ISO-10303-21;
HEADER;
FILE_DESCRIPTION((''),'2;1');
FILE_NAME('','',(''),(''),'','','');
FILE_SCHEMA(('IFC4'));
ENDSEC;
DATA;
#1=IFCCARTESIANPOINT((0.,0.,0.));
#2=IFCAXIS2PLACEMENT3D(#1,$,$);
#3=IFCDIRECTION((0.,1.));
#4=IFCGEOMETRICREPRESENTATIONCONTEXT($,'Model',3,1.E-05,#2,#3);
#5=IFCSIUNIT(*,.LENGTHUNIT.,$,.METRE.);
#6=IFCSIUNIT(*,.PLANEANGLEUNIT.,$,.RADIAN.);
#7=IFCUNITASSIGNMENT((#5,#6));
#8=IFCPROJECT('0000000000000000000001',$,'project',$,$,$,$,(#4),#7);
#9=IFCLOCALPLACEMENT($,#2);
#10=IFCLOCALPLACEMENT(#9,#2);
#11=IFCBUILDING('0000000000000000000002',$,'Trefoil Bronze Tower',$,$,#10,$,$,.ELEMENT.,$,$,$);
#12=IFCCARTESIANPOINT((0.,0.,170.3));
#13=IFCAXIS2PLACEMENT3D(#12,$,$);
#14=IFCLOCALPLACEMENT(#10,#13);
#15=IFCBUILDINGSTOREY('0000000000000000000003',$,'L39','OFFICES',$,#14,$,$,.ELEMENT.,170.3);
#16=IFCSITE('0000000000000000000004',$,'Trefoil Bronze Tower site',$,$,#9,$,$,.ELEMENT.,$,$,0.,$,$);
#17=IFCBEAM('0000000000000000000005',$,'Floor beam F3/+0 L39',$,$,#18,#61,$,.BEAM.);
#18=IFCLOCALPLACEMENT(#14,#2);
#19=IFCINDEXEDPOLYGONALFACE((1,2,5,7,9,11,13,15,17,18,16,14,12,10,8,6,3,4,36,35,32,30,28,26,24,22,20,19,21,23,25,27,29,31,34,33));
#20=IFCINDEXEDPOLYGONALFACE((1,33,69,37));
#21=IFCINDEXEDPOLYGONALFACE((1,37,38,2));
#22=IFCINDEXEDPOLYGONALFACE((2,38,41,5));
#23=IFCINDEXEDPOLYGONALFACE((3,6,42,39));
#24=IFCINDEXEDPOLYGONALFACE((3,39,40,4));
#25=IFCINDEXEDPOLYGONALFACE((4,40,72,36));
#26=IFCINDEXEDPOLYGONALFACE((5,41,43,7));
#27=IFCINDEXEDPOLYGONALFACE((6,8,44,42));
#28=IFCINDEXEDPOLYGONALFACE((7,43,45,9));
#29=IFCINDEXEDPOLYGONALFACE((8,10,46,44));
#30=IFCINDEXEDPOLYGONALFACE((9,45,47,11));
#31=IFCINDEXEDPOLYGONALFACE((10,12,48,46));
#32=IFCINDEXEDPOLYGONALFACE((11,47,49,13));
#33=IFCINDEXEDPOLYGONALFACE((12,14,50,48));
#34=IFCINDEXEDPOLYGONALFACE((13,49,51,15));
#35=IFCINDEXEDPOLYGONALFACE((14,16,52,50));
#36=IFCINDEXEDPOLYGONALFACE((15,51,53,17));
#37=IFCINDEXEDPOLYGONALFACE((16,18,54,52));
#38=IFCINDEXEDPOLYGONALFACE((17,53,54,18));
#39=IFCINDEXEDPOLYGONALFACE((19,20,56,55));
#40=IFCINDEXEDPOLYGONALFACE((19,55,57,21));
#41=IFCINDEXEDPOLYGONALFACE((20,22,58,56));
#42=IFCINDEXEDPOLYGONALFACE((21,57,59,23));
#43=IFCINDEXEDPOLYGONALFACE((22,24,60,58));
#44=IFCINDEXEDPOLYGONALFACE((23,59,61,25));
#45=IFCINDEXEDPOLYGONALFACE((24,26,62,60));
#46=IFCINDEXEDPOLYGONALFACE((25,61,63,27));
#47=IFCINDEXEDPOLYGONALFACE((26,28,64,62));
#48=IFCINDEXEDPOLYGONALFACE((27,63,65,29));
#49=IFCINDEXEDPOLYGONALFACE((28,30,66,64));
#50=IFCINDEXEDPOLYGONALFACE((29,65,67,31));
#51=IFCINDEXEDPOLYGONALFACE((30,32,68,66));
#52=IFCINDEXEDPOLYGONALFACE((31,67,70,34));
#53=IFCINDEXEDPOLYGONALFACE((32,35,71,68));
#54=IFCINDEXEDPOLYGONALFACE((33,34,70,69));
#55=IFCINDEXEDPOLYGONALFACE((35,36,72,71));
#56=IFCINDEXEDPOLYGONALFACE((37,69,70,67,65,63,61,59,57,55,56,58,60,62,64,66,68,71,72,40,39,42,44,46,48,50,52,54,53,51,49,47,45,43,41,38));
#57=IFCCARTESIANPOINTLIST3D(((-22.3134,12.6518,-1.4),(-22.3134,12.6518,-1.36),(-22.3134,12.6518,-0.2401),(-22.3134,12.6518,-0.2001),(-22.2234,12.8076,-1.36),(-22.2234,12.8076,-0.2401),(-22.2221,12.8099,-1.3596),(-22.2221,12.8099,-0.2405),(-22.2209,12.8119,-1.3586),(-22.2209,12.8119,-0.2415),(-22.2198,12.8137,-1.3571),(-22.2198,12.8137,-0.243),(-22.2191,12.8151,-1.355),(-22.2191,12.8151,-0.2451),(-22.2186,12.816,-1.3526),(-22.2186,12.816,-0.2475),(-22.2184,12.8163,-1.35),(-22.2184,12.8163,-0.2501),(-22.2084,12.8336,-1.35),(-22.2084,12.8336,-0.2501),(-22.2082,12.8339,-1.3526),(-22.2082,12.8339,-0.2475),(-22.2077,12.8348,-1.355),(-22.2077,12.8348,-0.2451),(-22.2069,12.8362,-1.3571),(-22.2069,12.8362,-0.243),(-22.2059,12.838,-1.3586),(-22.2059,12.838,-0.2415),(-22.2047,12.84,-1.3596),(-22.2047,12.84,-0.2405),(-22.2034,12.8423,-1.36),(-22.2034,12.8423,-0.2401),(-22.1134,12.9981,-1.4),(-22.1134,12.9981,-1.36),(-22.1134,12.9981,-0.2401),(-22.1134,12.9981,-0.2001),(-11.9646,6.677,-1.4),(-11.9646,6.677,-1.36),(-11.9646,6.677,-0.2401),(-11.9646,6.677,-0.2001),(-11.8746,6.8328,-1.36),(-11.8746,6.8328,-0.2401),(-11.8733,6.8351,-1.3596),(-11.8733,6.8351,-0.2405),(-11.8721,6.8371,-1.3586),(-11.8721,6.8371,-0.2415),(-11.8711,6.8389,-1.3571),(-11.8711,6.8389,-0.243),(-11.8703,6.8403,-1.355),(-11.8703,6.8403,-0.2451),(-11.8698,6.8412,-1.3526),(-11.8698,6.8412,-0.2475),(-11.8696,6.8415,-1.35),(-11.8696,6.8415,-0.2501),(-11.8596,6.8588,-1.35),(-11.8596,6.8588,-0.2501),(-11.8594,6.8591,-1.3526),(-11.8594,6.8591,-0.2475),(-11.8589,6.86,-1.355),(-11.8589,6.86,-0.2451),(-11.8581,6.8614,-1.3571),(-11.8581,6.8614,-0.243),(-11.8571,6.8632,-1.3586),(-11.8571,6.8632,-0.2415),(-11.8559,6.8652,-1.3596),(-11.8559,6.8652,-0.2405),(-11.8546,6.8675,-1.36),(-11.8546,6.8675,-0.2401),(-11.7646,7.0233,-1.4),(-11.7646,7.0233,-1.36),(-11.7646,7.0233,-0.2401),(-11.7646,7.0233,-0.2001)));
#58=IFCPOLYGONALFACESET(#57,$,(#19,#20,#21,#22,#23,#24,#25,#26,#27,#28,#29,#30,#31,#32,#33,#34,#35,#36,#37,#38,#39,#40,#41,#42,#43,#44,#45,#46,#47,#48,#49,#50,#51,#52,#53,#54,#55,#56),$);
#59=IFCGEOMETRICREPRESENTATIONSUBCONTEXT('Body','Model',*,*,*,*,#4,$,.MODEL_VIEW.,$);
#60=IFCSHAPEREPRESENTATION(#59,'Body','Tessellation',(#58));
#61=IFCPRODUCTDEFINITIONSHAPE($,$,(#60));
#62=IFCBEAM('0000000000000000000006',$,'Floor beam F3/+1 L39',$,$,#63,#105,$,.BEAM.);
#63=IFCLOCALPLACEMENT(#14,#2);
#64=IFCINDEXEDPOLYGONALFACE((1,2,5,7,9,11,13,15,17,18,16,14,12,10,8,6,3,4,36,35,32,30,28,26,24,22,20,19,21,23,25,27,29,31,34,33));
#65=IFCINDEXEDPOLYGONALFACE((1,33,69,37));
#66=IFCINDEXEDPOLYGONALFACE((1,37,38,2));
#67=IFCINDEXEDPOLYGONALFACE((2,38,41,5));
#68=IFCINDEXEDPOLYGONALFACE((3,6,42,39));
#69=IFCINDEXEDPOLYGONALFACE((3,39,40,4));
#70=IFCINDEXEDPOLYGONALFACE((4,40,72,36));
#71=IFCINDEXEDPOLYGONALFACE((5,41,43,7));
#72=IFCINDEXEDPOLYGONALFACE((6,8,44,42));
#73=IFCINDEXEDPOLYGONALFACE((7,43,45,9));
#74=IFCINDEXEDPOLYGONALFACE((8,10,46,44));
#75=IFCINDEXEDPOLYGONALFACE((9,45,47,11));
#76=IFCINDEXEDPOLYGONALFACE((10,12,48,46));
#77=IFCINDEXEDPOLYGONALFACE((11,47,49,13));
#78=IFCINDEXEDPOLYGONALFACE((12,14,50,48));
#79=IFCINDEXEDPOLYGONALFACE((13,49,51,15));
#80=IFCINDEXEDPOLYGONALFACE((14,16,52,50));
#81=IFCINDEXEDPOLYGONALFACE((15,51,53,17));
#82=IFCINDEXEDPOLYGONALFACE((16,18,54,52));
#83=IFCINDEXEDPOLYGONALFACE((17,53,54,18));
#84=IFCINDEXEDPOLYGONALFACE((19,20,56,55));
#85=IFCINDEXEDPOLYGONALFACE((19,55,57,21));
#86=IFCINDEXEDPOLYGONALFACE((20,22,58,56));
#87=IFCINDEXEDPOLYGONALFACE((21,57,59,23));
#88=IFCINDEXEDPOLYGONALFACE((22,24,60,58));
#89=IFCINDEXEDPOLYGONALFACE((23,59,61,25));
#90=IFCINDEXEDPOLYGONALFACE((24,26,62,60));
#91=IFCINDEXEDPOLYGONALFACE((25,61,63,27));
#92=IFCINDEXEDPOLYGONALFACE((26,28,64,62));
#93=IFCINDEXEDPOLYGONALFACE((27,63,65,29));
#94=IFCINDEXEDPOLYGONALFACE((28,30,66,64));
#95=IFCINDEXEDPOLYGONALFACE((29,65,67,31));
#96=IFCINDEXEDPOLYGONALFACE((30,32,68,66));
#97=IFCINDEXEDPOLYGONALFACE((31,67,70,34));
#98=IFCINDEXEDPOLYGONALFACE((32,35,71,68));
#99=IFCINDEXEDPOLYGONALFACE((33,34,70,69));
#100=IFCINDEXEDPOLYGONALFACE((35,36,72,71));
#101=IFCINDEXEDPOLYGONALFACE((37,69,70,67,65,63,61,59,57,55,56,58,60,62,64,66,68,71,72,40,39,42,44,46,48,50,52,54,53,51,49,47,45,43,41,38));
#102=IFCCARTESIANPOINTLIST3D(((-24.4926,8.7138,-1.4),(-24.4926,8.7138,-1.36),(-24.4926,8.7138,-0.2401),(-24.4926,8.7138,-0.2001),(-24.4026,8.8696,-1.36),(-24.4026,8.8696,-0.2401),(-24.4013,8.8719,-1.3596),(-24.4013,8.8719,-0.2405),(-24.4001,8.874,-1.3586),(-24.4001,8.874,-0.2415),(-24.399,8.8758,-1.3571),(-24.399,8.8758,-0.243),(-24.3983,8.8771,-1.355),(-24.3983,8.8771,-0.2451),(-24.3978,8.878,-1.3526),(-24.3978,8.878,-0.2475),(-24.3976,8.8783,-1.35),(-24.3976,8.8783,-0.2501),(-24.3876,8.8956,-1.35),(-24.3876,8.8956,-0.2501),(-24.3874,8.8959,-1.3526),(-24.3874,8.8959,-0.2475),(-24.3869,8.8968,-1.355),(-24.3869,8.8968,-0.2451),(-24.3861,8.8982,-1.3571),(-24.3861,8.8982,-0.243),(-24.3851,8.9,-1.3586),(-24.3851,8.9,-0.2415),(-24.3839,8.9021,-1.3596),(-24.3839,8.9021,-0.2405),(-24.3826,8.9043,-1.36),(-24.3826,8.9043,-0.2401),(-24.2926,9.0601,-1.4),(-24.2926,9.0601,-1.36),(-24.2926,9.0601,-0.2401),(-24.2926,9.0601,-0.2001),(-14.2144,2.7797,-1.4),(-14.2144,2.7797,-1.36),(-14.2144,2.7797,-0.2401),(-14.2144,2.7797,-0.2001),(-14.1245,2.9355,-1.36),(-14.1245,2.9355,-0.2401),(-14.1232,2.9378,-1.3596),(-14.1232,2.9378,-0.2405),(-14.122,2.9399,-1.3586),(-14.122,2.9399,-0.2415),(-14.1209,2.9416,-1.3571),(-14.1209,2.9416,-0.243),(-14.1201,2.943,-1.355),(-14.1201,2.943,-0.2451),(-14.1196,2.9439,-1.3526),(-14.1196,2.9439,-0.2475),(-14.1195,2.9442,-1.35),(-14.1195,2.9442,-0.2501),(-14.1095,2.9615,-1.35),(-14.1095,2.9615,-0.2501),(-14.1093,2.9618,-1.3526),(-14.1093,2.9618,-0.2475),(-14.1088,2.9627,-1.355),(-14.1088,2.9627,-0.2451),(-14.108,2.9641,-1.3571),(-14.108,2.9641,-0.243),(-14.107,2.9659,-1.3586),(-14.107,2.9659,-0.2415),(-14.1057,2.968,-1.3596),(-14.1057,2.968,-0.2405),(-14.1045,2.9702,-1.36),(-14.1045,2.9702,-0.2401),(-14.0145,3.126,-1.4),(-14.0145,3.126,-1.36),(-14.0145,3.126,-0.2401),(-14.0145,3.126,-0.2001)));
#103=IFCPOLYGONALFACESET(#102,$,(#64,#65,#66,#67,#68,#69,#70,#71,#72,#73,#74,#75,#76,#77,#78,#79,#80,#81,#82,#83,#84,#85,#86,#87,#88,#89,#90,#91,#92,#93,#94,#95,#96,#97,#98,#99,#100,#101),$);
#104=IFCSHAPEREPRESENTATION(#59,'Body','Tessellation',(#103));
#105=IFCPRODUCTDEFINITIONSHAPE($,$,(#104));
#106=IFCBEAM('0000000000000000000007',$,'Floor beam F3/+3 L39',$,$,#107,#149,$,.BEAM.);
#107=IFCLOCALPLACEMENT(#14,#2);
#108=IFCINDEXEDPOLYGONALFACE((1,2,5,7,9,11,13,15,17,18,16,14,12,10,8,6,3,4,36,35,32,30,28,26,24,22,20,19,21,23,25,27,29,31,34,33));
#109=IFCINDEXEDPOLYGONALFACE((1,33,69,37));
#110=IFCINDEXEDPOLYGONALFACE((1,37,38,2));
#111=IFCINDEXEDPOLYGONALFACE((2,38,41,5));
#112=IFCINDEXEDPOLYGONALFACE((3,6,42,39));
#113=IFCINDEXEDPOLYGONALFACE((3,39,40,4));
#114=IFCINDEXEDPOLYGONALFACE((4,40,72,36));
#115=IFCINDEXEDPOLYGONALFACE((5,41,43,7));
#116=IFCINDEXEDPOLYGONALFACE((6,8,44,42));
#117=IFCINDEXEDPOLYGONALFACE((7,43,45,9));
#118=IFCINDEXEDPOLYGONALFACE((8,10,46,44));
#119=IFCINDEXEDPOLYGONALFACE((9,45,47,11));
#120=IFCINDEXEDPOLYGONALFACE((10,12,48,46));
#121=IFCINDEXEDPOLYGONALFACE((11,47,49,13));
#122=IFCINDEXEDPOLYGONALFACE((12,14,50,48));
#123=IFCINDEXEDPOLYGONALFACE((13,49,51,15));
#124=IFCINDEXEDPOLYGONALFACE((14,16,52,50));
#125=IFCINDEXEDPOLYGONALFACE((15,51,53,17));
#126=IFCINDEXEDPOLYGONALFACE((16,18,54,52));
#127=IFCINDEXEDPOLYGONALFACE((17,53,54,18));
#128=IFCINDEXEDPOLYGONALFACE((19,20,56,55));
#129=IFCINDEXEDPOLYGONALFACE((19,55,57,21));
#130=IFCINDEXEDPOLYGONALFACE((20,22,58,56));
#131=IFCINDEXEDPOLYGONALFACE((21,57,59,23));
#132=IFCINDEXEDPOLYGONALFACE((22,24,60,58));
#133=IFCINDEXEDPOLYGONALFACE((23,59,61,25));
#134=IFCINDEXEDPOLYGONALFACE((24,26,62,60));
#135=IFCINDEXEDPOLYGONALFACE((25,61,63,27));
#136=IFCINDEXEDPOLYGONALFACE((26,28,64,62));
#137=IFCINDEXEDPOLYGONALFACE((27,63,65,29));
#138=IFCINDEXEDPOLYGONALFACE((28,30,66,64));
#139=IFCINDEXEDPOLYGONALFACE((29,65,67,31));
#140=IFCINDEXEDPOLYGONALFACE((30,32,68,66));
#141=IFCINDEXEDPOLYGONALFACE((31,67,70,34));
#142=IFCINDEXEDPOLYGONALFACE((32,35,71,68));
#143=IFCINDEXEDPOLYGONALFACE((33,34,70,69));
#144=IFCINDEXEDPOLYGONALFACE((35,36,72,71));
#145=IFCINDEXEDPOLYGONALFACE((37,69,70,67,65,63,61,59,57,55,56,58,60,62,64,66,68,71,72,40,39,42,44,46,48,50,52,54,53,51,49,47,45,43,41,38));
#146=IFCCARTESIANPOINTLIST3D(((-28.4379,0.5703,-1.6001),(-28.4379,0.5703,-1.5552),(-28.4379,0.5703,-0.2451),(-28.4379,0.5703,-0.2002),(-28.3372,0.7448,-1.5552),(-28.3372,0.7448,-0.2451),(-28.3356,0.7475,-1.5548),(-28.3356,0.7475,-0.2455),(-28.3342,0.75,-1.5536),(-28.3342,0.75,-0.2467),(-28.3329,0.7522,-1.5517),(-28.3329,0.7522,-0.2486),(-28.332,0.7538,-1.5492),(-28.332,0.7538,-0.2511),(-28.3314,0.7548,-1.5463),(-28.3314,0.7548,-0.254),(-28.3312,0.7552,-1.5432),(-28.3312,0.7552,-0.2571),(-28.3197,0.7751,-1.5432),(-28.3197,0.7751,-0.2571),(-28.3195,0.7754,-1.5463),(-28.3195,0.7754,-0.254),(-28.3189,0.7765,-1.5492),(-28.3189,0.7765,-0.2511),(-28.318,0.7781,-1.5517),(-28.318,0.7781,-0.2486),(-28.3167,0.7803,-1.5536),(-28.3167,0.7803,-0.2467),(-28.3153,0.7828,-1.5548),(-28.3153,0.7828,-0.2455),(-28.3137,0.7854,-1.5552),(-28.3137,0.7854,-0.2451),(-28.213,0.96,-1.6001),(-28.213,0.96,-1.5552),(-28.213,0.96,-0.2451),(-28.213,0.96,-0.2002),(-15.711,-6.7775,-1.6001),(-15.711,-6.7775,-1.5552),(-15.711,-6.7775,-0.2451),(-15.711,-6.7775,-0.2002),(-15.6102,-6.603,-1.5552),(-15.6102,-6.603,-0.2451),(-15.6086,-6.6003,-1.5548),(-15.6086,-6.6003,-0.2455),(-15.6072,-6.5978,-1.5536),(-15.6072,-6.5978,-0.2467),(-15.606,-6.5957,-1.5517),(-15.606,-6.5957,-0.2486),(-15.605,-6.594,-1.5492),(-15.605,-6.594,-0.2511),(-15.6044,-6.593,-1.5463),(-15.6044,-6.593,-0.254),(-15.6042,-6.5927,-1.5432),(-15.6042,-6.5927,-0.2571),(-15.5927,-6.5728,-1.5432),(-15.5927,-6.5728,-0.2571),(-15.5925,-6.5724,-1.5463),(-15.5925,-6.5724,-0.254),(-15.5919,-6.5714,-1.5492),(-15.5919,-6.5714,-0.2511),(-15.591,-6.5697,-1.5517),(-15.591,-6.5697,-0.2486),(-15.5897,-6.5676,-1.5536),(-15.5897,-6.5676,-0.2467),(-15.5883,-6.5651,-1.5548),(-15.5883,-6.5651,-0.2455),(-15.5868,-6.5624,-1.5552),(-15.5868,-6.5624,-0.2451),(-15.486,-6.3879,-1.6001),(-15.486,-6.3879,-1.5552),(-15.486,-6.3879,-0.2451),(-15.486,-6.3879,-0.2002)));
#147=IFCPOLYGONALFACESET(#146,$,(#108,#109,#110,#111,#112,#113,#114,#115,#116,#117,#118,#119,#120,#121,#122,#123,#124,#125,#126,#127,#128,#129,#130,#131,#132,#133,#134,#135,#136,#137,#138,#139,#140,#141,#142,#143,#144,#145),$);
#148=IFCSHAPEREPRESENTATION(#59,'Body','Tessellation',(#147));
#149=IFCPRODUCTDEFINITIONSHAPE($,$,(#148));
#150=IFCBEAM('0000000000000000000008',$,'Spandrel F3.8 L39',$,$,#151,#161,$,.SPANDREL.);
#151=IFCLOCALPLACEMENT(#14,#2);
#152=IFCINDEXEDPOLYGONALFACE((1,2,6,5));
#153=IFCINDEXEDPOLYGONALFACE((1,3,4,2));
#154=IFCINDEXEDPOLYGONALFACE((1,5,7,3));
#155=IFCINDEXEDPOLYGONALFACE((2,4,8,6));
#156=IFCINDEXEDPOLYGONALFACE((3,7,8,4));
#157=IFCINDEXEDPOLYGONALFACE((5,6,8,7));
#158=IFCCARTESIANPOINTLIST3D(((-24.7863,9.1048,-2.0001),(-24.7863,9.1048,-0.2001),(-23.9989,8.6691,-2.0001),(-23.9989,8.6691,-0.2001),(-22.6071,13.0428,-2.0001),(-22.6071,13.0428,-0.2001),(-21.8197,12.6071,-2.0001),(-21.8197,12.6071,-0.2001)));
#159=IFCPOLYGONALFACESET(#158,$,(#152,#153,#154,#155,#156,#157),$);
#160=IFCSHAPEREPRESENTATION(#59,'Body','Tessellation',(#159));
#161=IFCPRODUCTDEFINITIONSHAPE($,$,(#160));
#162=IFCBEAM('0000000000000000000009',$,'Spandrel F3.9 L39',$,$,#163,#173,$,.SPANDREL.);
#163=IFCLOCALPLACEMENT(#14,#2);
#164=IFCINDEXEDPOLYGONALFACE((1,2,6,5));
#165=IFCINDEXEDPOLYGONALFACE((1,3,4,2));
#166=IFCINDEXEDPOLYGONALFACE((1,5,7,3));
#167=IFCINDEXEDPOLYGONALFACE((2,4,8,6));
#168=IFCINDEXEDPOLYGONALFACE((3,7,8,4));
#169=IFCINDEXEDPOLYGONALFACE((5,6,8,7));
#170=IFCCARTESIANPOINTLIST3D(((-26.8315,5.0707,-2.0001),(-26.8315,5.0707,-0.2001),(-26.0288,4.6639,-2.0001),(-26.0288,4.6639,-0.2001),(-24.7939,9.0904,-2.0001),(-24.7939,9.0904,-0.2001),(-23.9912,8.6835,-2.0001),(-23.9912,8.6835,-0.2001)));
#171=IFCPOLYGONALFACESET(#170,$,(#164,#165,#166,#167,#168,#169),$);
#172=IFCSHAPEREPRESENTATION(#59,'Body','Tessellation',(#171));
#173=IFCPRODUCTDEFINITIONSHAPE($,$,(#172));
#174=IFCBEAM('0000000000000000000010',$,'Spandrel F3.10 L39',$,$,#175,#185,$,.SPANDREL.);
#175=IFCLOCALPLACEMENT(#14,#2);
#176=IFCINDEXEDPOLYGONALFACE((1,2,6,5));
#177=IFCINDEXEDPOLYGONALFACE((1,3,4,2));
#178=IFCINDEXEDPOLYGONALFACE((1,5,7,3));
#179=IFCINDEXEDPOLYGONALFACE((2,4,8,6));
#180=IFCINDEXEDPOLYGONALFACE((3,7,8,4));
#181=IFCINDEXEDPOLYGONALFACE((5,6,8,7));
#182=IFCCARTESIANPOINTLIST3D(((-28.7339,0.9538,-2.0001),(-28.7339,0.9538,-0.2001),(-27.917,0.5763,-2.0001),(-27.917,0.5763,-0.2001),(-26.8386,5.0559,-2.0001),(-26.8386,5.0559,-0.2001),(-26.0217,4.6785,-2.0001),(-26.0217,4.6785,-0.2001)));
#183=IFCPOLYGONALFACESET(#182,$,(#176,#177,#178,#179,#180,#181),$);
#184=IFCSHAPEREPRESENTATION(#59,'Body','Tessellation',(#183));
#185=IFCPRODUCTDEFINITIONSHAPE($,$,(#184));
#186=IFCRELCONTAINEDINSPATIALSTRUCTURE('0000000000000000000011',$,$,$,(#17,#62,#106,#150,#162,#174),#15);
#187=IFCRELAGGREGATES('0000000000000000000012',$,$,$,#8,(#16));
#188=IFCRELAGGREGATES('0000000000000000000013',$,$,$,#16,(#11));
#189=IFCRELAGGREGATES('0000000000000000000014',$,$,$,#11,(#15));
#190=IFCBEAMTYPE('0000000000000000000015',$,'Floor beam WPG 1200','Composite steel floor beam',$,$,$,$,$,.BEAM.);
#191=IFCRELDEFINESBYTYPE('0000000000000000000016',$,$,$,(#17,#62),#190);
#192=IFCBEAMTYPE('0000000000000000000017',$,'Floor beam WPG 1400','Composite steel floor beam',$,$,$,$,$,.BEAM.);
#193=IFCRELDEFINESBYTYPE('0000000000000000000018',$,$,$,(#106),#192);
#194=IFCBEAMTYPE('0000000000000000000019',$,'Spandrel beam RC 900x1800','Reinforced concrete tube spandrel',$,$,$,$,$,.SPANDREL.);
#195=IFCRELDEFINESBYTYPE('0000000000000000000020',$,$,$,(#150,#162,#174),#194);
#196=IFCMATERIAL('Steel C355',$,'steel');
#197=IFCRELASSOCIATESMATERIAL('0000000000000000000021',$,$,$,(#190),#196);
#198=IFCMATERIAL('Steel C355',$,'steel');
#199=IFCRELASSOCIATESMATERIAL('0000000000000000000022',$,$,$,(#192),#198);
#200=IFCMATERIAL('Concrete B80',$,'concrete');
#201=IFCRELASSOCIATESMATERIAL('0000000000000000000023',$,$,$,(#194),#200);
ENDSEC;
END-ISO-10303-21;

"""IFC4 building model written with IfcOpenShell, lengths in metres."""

from ifc_helpers import new_model, si_unit, direction, frame, origin, origin_2d, place, context, subcontext, project, spatial, rectangle, i_section, extrude, material, material_profile, profile_set, type_object, element, save


model = new_model("IFC4")

# Units and contexts
model_context = context("Model", 3, precision=1e-05, world=origin(), true_north=direction((0.0, 1.0)))
body_context = subcontext(model_context, "Body", "Model", "MODEL_VIEW")
ifc_project = project(units=[si_unit("LENGTHUNIT", "METRE"), si_unit("PLANEANGLEUNIT", "RADIAN")], contexts=[model_context])

# Site, building, storey
site_placement = place(None, origin())
site = spatial("IfcSite", under=ifc_project, at=site_placement, Name="Trefoil Bronze Tower site", CompositionType="ELEMENT", RefElevation=0.0)
building_placement = place(site_placement, origin())
building = spatial("IfcBuilding", under=site, at=building_placement, Name="Trefoil Bronze Tower", CompositionType="ELEMENT")
storey_placement = place(building_placement, frame((0.0, 0.0, 170.3)))
storey = spatial("IfcBuildingStorey", under=building, at=storey_placement, Name="L39", Description="OFFICES", CompositionType="ELEMENT", Elevation=170.3)

# Beams
ifc_material_1 = material(Name="Steel C355", Category="steel")
ifc_material_profile_1 = material_profile(ifc_material_1, i_section(OverallWidth=0.3999, OverallDepth=1.2, WebThickness=0.02, FlangeThickness=0.04, FilletRadius=0.01, at=origin_2d()), Name="WPG 1200")
ifc_profile_set_1 = profile_set([ifc_material_profile_1], Name="Steel C355")
beam_type_1 = type_object("IfcBeamType", Name="Floor beam WPG 1200", Description="Composite steel floor beam", PredefinedType="BEAM", material=ifc_profile_set_1)
beam_1_placement = place(storey_placement, frame((-22.2134, 12.825, -0.8), z_axis=(0.866028, -0.499995, 0.0), x_axis=(0.499995, 0.866028, 0.0)))
element("IfcBeam", 1, at=beam_1_placement, inside=storey, type_object=beam_type_1, Name="Floor beam F3/+0 L39", PredefinedType="BEAM", context=body_context, shape_type="SweptSolid", body=[
    extrude(i_section(OverallWidth=0.3999, OverallDepth=1.2, WebThickness=0.02, FlangeThickness=0.04, FilletRadius=0.01, at=origin_2d()), origin(), (0.0, 0.0, 1.0), 11.9497),
])
beam_2_placement = place(storey_placement, frame((-24.3926, 8.887, -0.8), z_axis=(0.866024, -0.500002, 0.0), x_axis=(0.500002, 0.866024, 0.0)))
element("IfcBeam", 2, at=beam_2_placement, inside=storey, type_object=beam_type_1, Name="Floor beam F3/+1 L39", PredefinedType="BEAM", context=body_context, shape_type="SweptSolid", body=[
    extrude(i_section(OverallWidth=0.3999, OverallDepth=1.2, WebThickness=0.02, FlangeThickness=0.04, FilletRadius=0.01, at=origin_2d()), origin(), (0.0, 0.0, 1.0), 11.8682),
])
ifc_material_2 = material(Name="Steel C355", Category="steel")
ifc_material_profile_2 = material_profile(ifc_material_2, i_section(OverallWidth=0.45, OverallDepth=1.3999, WebThickness=0.0229, FlangeThickness=0.0449, FilletRadius=0.012, at=origin_2d()), Name="WPG 1400")
ifc_profile_set_2 = profile_set([ifc_material_profile_2], Name="Steel C355")
beam_type_2 = type_object("IfcBeamType", Name="Floor beam WPG 1400", Description="Composite steel floor beam", PredefinedType="BEAM", material=ifc_profile_set_2)
beam_3_placement = place(storey_placement, frame((-28.3254, 0.7651, -0.9001), z_axis=(0.866027, -0.499997, 0.0), x_axis=(0.499997, 0.866027, 0.0)))
element("IfcBeam", 3, at=beam_3_placement, inside=storey, type_object=beam_type_2, Name="Floor beam F3/+3 L39", PredefinedType="BEAM", context=body_context, shape_type="SweptSolid", body=[
    extrude(i_section(OverallWidth=0.45, OverallDepth=1.3999, WebThickness=0.0229, FlangeThickness=0.0449, FilletRadius=0.012, at=origin_2d()), origin(), (0.0, 0.0, 1.0), 14.6958),
])
ifc_material_3 = material(Name="Concrete B80", Category="concrete")
ifc_material_profile_3 = material_profile(ifc_material_3, rectangle(XDim=0.8999, YDim=1.8, at=origin_2d()), Name="RC 900x1800")
ifc_profile_set_3 = profile_set([ifc_material_profile_3], Name="Concrete B80")
beam_type_3 = type_object("IfcBeamType", Name="Spandrel beam RC 900x1800", Description="Reinforced concrete tube spandrel", PredefinedType="SPANDREL", material=ifc_profile_set_3)
beam_4_placement = place(storey_placement, frame((-22.2134, 12.825, -1.1001), z_axis=(-0.484187, -0.874965, 0.0), x_axis=(0.874965, -0.484187, 0.0)))
element("IfcBeam", 4, at=beam_4_placement, inside=storey, type_object=beam_type_3, Name="Spandrel F3.8 L39", PredefinedType="SPANDREL", context=body_context, shape_type="SweptSolid", body=[
    extrude(rectangle(XDim=0.8999, YDim=1.8, at=origin_2d()), origin(), (0.0, 0.0, 1.0), 4.5007),
])
beam_5_placement = place(storey_placement, frame((-24.3926, 8.887, -1.1001), z_axis=(-0.452126, -0.891954, 0.0), x_axis=(0.891954, -0.452126, 0.0)))
element("IfcBeam", 5, at=beam_5_placement, inside=storey, type_object=beam_type_3, Name="Spandrel F3.9 L39", PredefinedType="SPANDREL", context=body_context, shape_type="SweptSolid", body=[
    extrude(rectangle(XDim=0.8999, YDim=1.8, at=origin_2d()), origin(), (0.0, 0.0, 1.0), 4.5066),
])
beam_6_placement = place(storey_placement, frame((-26.4302, 4.8672, -1.1001), z_axis=(-0.419425, -0.90779, 0.0), x_axis=(0.90779, -0.419425, 0.0)))
element("IfcBeam", 6, at=beam_6_placement, inside=storey, type_object=beam_type_3, Name="Spandrel F3.10 L39", PredefinedType="SPANDREL", context=body_context, shape_type="SweptSolid", body=[
    extrude(rectangle(XDim=0.8999, YDim=1.8, at=origin_2d()), origin(), (0.0, 0.0, 1.0), 4.5188),
])

save(model, "model.ifc")
